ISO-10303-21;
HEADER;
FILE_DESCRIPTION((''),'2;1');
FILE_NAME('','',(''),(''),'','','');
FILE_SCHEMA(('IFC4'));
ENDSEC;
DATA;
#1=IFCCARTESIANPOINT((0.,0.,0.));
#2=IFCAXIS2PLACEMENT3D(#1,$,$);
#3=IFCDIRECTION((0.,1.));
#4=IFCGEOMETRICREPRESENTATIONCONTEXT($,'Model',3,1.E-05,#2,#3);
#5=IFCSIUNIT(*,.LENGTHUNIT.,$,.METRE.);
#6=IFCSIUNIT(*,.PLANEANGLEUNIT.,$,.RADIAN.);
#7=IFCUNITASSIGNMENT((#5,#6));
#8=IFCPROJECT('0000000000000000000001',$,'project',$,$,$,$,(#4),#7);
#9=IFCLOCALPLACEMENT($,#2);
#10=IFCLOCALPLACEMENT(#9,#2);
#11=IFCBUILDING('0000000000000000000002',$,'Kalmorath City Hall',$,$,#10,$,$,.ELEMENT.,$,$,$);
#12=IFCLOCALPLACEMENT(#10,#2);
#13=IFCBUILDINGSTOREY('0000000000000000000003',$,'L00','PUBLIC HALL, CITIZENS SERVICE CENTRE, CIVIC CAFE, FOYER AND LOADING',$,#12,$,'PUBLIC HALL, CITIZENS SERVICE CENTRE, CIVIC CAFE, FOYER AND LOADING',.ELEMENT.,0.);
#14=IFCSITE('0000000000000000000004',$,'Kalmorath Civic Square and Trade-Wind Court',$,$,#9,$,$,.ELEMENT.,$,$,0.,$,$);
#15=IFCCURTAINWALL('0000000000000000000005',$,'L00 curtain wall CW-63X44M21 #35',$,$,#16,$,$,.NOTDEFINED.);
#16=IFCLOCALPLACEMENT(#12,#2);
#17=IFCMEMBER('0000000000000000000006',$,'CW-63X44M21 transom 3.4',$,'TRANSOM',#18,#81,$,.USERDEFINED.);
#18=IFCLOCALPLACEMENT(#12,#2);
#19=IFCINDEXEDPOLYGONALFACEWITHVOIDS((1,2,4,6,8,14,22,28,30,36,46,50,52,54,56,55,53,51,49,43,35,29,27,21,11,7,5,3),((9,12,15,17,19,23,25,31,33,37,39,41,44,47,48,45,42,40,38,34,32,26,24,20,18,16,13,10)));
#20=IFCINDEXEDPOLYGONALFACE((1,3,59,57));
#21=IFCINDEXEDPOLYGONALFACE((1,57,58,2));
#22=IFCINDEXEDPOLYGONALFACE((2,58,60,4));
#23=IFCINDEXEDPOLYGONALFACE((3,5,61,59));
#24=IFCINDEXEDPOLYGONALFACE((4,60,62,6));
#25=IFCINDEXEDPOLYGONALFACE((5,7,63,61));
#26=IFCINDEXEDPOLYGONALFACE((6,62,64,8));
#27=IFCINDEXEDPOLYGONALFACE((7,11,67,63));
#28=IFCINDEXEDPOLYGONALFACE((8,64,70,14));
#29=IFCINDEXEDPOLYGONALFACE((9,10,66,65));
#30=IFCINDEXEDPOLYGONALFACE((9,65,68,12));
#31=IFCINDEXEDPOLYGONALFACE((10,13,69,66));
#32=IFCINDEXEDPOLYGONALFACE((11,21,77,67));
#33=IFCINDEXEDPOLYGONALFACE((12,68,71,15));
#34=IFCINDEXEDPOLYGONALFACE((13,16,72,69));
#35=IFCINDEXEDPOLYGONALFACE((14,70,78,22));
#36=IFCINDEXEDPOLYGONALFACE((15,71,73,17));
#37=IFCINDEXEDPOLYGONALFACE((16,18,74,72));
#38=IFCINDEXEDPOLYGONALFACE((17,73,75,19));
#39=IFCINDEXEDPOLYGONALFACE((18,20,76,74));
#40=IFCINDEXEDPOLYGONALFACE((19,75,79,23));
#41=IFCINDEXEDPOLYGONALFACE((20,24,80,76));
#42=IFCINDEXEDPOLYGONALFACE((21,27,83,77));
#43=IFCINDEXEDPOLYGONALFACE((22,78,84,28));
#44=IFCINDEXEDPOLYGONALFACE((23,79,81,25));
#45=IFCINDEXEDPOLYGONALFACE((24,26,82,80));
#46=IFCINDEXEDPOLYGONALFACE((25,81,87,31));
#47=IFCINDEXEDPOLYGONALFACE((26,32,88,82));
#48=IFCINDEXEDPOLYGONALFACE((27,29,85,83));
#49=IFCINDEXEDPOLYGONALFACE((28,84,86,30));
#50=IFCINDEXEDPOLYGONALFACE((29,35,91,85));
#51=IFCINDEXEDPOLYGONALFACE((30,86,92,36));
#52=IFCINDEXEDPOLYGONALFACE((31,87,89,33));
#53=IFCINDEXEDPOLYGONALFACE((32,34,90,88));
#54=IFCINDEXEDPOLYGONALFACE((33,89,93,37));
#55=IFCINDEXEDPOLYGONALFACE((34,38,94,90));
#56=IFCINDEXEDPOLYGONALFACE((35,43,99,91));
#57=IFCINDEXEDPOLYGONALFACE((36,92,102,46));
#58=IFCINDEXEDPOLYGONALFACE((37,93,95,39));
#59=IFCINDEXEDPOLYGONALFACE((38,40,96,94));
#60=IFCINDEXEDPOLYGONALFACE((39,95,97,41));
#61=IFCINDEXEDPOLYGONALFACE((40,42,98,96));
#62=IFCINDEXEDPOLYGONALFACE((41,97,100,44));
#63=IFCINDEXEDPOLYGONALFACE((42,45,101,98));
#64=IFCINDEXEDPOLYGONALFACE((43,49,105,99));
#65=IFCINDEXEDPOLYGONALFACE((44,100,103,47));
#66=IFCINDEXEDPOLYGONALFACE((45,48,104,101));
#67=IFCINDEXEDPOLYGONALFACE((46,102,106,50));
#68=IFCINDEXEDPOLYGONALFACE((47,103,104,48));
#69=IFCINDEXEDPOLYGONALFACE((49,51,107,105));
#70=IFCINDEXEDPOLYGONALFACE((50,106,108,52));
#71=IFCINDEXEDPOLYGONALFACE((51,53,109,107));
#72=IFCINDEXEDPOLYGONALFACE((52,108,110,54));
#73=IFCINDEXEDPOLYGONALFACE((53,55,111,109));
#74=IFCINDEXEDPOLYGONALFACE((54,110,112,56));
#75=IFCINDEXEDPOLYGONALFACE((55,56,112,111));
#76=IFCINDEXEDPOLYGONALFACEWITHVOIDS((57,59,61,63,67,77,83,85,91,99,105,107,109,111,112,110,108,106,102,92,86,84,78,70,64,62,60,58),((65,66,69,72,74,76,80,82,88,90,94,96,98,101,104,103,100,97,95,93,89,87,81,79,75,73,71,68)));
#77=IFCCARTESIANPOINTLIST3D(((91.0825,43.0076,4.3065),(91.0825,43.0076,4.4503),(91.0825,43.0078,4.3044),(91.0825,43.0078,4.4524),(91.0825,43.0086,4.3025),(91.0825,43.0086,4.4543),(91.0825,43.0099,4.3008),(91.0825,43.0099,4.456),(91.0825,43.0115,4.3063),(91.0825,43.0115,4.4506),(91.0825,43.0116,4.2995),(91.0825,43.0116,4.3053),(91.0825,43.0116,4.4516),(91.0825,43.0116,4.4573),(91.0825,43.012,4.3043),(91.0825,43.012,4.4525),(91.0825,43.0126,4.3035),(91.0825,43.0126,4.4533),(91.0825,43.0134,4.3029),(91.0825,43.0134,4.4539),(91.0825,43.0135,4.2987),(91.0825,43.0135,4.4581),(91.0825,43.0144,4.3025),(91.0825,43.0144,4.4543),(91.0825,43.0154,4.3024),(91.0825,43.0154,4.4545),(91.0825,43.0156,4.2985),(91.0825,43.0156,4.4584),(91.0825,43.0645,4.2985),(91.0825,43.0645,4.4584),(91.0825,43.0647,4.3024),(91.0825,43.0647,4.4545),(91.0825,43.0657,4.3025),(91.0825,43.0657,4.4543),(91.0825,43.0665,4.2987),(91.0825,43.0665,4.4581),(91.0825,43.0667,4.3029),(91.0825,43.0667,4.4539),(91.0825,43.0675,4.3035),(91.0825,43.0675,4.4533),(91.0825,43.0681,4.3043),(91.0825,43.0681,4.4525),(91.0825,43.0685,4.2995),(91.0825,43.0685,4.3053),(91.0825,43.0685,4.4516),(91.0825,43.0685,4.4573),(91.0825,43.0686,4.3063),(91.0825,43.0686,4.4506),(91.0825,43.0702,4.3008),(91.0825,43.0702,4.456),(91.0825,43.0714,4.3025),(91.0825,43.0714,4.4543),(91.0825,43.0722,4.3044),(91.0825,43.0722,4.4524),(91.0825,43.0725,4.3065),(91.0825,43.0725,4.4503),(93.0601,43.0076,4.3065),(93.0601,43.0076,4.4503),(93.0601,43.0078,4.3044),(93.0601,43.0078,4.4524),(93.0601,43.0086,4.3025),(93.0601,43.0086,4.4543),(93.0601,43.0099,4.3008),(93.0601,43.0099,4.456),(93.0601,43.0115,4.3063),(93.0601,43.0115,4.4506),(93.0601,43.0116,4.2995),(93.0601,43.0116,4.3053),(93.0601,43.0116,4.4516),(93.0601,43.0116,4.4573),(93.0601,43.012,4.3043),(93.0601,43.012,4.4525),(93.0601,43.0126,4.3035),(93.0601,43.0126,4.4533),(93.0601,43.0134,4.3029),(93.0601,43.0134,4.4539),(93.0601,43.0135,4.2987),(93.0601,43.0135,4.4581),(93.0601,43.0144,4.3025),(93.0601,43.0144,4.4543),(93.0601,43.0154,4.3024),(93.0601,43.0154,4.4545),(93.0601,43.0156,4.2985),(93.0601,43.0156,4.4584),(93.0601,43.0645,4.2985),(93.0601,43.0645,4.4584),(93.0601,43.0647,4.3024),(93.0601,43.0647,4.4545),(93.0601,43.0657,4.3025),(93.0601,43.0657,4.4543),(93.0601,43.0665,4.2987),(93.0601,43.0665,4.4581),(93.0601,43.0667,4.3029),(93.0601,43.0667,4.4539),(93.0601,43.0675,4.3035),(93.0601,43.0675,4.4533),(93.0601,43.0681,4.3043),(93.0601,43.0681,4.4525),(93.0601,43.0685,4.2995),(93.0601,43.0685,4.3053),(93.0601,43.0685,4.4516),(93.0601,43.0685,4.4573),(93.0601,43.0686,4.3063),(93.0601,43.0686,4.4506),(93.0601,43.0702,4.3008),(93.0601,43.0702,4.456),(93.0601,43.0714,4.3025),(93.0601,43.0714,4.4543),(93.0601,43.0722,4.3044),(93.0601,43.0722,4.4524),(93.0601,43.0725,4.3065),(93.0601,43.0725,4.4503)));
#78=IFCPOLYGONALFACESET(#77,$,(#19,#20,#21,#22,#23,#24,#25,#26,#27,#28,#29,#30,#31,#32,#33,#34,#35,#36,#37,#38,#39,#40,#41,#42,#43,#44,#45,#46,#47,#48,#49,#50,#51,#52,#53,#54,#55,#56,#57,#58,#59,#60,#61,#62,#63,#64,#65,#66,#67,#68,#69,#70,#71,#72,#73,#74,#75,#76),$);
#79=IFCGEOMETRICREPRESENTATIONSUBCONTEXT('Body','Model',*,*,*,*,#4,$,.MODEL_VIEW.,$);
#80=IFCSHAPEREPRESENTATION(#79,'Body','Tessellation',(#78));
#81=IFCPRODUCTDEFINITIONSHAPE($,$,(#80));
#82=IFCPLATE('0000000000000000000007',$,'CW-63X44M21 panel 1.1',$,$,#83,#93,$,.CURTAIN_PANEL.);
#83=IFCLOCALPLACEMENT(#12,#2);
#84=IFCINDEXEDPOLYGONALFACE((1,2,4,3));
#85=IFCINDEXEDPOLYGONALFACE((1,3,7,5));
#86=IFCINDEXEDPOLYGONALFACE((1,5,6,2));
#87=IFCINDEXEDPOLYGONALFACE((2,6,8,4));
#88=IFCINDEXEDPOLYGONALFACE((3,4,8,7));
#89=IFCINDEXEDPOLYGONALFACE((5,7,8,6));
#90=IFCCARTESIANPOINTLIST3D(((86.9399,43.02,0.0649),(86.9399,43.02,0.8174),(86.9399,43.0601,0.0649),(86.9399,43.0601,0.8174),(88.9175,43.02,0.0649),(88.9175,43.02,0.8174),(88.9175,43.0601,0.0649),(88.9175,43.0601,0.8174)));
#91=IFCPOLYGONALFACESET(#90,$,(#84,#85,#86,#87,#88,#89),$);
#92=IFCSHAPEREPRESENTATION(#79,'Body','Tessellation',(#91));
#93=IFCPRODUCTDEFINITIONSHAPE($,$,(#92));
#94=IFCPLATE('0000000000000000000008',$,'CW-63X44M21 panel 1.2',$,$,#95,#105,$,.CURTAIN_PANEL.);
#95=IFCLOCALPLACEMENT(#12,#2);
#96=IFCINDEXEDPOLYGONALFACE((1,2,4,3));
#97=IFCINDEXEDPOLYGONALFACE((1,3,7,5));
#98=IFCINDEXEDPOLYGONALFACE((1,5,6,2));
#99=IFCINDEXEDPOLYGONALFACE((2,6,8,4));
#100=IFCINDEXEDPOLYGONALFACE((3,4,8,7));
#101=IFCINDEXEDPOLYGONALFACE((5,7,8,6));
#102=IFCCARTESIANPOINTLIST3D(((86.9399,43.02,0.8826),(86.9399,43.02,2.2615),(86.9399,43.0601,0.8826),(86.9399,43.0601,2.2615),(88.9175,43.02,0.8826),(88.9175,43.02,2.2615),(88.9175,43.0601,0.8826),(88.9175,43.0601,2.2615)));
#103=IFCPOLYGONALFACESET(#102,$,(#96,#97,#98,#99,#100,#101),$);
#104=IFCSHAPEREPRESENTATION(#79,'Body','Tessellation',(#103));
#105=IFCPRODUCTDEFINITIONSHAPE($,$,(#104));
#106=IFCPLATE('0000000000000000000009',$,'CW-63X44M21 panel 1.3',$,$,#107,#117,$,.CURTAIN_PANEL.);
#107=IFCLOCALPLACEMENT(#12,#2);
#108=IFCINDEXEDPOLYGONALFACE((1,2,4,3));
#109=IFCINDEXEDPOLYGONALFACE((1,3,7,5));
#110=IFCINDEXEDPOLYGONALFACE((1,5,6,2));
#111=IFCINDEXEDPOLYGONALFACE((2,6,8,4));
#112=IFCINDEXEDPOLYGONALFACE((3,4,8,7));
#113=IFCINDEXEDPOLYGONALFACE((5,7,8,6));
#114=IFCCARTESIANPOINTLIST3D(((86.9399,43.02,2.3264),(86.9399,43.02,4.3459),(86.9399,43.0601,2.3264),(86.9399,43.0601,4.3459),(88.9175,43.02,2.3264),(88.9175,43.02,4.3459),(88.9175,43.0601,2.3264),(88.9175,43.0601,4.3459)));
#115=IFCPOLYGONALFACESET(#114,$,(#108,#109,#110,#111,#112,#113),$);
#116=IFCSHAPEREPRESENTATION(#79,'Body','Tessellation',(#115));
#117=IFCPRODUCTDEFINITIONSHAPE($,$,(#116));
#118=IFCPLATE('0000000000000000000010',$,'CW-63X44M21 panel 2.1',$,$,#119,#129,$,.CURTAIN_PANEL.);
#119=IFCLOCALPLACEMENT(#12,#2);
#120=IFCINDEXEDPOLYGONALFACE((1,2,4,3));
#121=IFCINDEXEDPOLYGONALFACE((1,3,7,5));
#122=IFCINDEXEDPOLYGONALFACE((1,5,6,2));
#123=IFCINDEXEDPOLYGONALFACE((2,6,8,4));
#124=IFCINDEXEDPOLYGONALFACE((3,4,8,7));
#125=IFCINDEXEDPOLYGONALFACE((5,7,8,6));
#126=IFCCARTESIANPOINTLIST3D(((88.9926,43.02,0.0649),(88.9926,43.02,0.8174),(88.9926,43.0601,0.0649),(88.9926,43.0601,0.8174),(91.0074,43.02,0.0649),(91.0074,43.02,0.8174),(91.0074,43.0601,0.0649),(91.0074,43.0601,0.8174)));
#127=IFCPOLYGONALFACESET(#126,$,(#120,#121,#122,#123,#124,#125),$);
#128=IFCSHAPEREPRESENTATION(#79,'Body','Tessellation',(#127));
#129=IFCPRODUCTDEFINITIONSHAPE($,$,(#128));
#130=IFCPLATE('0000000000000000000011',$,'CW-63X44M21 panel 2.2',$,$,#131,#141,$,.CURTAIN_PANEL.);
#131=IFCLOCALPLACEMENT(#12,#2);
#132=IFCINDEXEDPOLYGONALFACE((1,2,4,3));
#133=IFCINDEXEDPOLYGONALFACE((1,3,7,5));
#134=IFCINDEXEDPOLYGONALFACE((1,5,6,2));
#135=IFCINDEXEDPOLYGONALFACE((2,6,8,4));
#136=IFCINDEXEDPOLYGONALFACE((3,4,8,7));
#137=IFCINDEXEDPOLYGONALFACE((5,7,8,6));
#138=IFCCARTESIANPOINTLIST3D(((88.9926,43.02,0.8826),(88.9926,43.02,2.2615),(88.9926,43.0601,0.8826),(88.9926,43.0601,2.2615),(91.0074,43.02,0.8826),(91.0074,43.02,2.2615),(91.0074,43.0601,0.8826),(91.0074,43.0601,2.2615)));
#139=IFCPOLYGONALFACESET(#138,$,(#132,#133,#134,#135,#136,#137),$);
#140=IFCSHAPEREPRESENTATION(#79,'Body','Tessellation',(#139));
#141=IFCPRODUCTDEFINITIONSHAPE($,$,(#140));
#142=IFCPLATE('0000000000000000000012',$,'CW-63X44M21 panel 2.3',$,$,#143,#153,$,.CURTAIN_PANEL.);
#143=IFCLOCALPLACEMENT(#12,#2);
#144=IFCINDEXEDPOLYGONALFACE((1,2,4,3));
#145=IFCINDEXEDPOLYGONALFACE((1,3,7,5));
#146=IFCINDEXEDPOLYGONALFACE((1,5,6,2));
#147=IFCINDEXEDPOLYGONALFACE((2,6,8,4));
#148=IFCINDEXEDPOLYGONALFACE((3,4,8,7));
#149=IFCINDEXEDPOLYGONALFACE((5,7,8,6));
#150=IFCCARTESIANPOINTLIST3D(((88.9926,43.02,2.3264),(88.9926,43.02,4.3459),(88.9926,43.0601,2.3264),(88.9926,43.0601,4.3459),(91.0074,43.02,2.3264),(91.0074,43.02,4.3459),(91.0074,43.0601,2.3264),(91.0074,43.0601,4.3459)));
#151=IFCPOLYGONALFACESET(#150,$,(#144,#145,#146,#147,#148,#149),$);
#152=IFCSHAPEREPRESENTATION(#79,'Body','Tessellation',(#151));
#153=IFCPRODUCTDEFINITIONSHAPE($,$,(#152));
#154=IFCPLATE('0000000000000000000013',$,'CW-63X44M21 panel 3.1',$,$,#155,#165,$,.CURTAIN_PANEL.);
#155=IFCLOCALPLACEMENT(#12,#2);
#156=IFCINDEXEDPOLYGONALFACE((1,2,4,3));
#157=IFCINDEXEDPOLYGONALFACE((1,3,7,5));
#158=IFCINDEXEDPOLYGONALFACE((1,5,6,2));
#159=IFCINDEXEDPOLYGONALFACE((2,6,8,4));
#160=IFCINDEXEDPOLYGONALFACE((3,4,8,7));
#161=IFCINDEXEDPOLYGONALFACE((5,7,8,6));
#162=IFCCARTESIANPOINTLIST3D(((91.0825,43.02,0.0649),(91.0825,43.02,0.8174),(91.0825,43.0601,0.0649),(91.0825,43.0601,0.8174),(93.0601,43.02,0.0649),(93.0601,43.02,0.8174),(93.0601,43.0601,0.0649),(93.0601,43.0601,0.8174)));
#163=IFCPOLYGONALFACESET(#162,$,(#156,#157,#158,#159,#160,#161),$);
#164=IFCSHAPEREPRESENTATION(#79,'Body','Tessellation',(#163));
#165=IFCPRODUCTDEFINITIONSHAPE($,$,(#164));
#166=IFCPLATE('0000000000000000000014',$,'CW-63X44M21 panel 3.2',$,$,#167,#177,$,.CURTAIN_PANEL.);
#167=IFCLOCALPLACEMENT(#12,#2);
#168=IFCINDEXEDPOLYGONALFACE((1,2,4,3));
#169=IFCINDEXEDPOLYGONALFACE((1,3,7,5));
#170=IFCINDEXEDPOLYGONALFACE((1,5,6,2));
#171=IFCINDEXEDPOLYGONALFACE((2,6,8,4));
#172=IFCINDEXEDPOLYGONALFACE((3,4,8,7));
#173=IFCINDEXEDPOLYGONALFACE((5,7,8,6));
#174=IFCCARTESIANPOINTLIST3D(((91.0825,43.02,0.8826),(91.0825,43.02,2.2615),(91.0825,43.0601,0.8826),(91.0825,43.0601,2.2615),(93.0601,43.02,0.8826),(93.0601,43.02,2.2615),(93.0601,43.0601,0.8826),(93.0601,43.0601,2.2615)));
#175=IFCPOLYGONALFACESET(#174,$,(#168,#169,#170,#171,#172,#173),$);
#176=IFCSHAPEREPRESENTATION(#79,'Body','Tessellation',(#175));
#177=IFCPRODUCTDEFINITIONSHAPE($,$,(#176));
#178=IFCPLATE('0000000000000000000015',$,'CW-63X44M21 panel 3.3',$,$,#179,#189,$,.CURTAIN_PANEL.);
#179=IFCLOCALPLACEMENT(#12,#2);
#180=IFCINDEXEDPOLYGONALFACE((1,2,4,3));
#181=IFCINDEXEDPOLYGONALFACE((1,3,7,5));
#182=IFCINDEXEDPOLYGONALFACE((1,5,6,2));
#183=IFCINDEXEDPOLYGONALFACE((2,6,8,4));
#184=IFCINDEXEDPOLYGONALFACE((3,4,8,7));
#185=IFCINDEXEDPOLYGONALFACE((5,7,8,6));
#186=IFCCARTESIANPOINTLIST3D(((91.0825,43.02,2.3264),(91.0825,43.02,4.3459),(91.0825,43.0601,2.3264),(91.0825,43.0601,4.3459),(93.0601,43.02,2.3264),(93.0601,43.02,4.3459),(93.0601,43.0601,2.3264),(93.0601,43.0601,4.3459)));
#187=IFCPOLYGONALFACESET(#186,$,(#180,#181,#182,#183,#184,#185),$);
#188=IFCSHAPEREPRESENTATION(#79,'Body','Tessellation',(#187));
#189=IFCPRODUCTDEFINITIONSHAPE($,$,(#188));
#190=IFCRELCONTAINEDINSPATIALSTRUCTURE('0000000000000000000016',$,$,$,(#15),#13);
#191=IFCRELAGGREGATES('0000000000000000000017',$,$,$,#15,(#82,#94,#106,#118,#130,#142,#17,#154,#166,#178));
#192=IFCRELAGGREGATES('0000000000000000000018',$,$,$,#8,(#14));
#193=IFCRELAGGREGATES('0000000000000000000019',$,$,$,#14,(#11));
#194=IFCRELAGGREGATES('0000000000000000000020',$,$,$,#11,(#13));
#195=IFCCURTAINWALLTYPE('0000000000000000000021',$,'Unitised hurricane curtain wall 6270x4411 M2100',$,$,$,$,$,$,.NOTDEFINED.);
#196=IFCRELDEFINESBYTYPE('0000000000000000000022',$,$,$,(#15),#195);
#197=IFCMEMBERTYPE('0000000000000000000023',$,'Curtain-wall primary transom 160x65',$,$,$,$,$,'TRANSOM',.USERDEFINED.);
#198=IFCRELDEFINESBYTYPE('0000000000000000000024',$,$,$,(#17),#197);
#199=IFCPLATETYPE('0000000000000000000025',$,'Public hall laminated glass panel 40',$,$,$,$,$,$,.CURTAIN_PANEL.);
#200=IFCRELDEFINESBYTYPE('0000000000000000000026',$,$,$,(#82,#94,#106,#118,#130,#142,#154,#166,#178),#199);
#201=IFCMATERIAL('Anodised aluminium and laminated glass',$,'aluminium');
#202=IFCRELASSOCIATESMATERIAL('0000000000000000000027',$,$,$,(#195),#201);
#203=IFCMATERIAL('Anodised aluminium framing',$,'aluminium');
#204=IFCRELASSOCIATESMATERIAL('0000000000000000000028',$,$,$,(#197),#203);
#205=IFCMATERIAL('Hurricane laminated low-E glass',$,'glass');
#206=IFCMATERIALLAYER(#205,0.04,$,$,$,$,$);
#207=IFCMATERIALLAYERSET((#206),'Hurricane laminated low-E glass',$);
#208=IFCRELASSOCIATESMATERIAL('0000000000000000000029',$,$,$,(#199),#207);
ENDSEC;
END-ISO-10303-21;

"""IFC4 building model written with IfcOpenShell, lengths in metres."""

from ifc_helpers import new_model, si_unit, direction, frame, origin, origin_2d, place, context, subcontext, project, spatial, rectangle, hollow_rectangle, extrude, material, layer, layer_set, material_profile, profile_set, type_object, element, aggregate, save


model = new_model("IFC4")

# Units and contexts
model_context = context("Model", 3, precision=1e-05, world=origin(), true_north=direction((0.0, 1.0)))
body_context = subcontext(model_context, "Body", "Model", "MODEL_VIEW")
ifc_project = project(units=[si_unit("LENGTHUNIT", "METRE"), si_unit("PLANEANGLEUNIT", "RADIAN")], contexts=[model_context])

# Site, building, storey
site_placement = place(None, origin())
site = spatial("IfcSite", under=ifc_project, at=site_placement, Name="Kalmorath Civic Square and Trade-Wind Court", CompositionType="ELEMENT", RefElevation=0.0)
building_placement = place(site_placement, origin())
building = spatial("IfcBuilding", under=site, at=building_placement, Name="Kalmorath City Hall", CompositionType="ELEMENT")
storey_placement = place(building_placement, origin())
storey = spatial("IfcBuildingStorey", under=building, at=storey_placement, Name="L00", Description="PUBLIC HALL, CITIZENS SERVICE CENTRE, CIVIC CAFE, FOYER AND LOADING", LongName="PUBLIC HALL, CITIZENS SERVICE CENTRE, CIVIC CAFE, FOYER AND LOADING", CompositionType="ELEMENT", Elevation=0.0)

# Curtain wall
ifc_material_1 = material(Name="Anodised aluminium and laminated glass", Category="aluminium")
curtain_wall_type_1 = type_object("IfcCurtainWallType", Name="Unitised hurricane curtain wall 6270x4411 M2100", PredefinedType="NOTDEFINED", material=ifc_material_1)
curtain_wall_1_placement = place(storey_placement, origin())
curtain_wall_1 = element("IfcCurtainWall", 1, at=curtain_wall_1_placement, inside=storey, type_object=curtain_wall_type_1, Name="L00 curtain wall CW-63X44M21 #35", PredefinedType="NOTDEFINED")

# Member
ifc_material_2 = material(Name="Anodised aluminium framing", Category="aluminium")
ifc_material_profile_1 = material_profile(ifc_material_2, hollow_rectangle(XDim=0.0649, YDim=0.1599, WallThickness=0.0039, InnerFilletRadius=0.0039, OuterFilletRadius=0.0081, at=origin_2d()), Name="ALU-TRN-160X65X4")
ifc_profile_set_1 = profile_set([ifc_material_profile_1], Name="Anodised aluminium framing")
member_type_1 = type_object("IfcMemberType", Name="Curtain-wall primary transom 160x65", ElementType="TRANSOM", PredefinedType="USERDEFINED", material=ifc_profile_set_1)
member_1_placement = place(storey_placement, frame((91.0825, 43.04, 4.3784), z_axis=(1.0, 0.0, 0.0), x_axis=(0.0, 1.0, 0.0)))
member_1 = element("IfcMember", 2, at=member_1_placement, type_object=member_type_1, Name="CW-63X44M21 transom 3.4", ObjectType="TRANSOM", PredefinedType="USERDEFINED", context=body_context, shape_type="SweptSolid", body=[
    extrude(hollow_rectangle(XDim=0.0649, YDim=0.1599, WallThickness=0.0039, InnerFilletRadius=0.0039, OuterFilletRadius=0.0081, at=origin_2d()), origin(), (0.0, 0.0, 1.0), 1.9775),
])

# Plates
ifc_material_3 = material(Name="Hurricane laminated low-E glass", Category="glass")
ifc_layer = layer(ifc_material_3, 0.04)
ifc_layer_set = layer_set([ifc_layer], Name="Hurricane laminated low-E glass")
plate_type = type_object("IfcPlateType", Name="Public hall laminated glass panel 40", PredefinedType="CURTAIN_PANEL", material=ifc_layer_set)
plate_1_placement = place(storey_placement, frame((87.9287, 43.04, 0.0649), z_axis=(0.0, 0.0, 1.0), x_axis=(1.0, 0.0, 0.0)))
plate_1 = element("IfcPlate", 3, at=plate_1_placement, type_object=plate_type, Name="CW-63X44M21 panel 1.1", PredefinedType="CURTAIN_PANEL", context=body_context, shape_type="SweptSolid", body=[
    extrude(rectangle(XDim=1.9775, YDim=0.04, at=origin_2d()), origin(), (0.0, 0.0, 1.0), 0.7524),
])
plate_2_placement = place(storey_placement, frame((87.9287, 43.04, 0.8826), z_axis=(0.0, 0.0, 1.0), x_axis=(1.0, 0.0, 0.0)))
plate_2 = element("IfcPlate", 4, at=plate_2_placement, type_object=plate_type, Name="CW-63X44M21 panel 1.2", PredefinedType="CURTAIN_PANEL", context=body_context, shape_type="SweptSolid", body=[
    extrude(rectangle(XDim=1.9775, YDim=0.04, at=origin_2d()), origin(), (0.0, 0.0, 1.0), 1.3789),
])
plate_3_placement = place(storey_placement, frame((87.9287, 43.04, 2.3264), z_axis=(0.0, 0.0, 1.0), x_axis=(1.0, 0.0, 0.0)))
plate_3 = element("IfcPlate", 5, at=plate_3_placement, type_object=plate_type, Name="CW-63X44M21 panel 1.3", PredefinedType="CURTAIN_PANEL", context=body_context, shape_type="SweptSolid", body=[
    extrude(rectangle(XDim=1.9775, YDim=0.04, at=origin_2d()), origin(), (0.0, 0.0, 1.0), 2.0195),
])
plate_4_placement = place(storey_placement, frame((90.0, 43.04, 0.0649), z_axis=(0.0, 0.0, 1.0), x_axis=(1.0, 0.0, 0.0)))
plate_4 = element("IfcPlate", 6, at=plate_4_placement, type_object=plate_type, Name="CW-63X44M21 panel 2.1", PredefinedType="CURTAIN_PANEL", context=body_context, shape_type="SweptSolid", body=[
    extrude(rectangle(XDim=2.0149, YDim=0.04, at=origin_2d()), origin(), (0.0, 0.0, 1.0), 0.7524),
])
plate_5_placement = place(storey_placement, frame((90.0, 43.04, 0.8826), z_axis=(0.0, 0.0, 1.0), x_axis=(1.0, 0.0, 0.0)))
plate_5 = element("IfcPlate", 7, at=plate_5_placement, type_object=plate_type, Name="CW-63X44M21 panel 2.2", PredefinedType="CURTAIN_PANEL", context=body_context, shape_type="SweptSolid", body=[
    extrude(rectangle(XDim=2.0149, YDim=0.04, at=origin_2d()), origin(), (0.0, 0.0, 1.0), 1.3789),
])
plate_6_placement = place(storey_placement, frame((90.0, 43.04, 2.3264), z_axis=(0.0, 0.0, 1.0), x_axis=(1.0, 0.0, 0.0)))
plate_6 = element("IfcPlate", 8, at=plate_6_placement, type_object=plate_type, Name="CW-63X44M21 panel 2.3", PredefinedType="CURTAIN_PANEL", context=body_context, shape_type="SweptSolid", body=[
    extrude(rectangle(XDim=2.0149, YDim=0.04, at=origin_2d()), origin(), (0.0, 0.0, 1.0), 2.0195),
])
plate_7_placement = place(storey_placement, frame((92.0713, 43.04, 0.0649), z_axis=(0.0, 0.0, 1.0), x_axis=(1.0, 0.0, 0.0)))
plate_7 = element("IfcPlate", 9, at=plate_7_placement, type_object=plate_type, Name="CW-63X44M21 panel 3.1", PredefinedType="CURTAIN_PANEL", context=body_context, shape_type="SweptSolid", body=[
    extrude(rectangle(XDim=1.9775, YDim=0.04, at=origin_2d()), origin(), (0.0, 0.0, 1.0), 0.7524),
])
plate_8_placement = place(storey_placement, frame((92.0713, 43.04, 0.8826), z_axis=(0.0, 0.0, 1.0), x_axis=(1.0, 0.0, 0.0)))
plate_8 = element("IfcPlate", 10, at=plate_8_placement, type_object=plate_type, Name="CW-63X44M21 panel 3.2", PredefinedType="CURTAIN_PANEL", context=body_context, shape_type="SweptSolid", body=[
    extrude(rectangle(XDim=1.9775, YDim=0.04, at=origin_2d()), origin(), (0.0, 0.0, 1.0), 1.3789),
])
plate_9_placement = place(storey_placement, frame((92.0713, 43.04, 2.3264), z_axis=(0.0, 0.0, 1.0), x_axis=(1.0, 0.0, 0.0)))
plate_9 = element("IfcPlate", 11, at=plate_9_placement, type_object=plate_type, Name="CW-63X44M21 panel 3.3", PredefinedType="CURTAIN_PANEL", context=body_context, shape_type="SweptSolid", body=[
    extrude(rectangle(XDim=1.9775, YDim=0.04, at=origin_2d()), origin(), (0.0, 0.0, 1.0), 2.0195),
])
aggregate(curtain_wall_1, [plate_1, plate_2, plate_3, plate_4, plate_5, plate_6, member_1, plate_7, plate_8, plate_9])

save(model, "model.ifc")
